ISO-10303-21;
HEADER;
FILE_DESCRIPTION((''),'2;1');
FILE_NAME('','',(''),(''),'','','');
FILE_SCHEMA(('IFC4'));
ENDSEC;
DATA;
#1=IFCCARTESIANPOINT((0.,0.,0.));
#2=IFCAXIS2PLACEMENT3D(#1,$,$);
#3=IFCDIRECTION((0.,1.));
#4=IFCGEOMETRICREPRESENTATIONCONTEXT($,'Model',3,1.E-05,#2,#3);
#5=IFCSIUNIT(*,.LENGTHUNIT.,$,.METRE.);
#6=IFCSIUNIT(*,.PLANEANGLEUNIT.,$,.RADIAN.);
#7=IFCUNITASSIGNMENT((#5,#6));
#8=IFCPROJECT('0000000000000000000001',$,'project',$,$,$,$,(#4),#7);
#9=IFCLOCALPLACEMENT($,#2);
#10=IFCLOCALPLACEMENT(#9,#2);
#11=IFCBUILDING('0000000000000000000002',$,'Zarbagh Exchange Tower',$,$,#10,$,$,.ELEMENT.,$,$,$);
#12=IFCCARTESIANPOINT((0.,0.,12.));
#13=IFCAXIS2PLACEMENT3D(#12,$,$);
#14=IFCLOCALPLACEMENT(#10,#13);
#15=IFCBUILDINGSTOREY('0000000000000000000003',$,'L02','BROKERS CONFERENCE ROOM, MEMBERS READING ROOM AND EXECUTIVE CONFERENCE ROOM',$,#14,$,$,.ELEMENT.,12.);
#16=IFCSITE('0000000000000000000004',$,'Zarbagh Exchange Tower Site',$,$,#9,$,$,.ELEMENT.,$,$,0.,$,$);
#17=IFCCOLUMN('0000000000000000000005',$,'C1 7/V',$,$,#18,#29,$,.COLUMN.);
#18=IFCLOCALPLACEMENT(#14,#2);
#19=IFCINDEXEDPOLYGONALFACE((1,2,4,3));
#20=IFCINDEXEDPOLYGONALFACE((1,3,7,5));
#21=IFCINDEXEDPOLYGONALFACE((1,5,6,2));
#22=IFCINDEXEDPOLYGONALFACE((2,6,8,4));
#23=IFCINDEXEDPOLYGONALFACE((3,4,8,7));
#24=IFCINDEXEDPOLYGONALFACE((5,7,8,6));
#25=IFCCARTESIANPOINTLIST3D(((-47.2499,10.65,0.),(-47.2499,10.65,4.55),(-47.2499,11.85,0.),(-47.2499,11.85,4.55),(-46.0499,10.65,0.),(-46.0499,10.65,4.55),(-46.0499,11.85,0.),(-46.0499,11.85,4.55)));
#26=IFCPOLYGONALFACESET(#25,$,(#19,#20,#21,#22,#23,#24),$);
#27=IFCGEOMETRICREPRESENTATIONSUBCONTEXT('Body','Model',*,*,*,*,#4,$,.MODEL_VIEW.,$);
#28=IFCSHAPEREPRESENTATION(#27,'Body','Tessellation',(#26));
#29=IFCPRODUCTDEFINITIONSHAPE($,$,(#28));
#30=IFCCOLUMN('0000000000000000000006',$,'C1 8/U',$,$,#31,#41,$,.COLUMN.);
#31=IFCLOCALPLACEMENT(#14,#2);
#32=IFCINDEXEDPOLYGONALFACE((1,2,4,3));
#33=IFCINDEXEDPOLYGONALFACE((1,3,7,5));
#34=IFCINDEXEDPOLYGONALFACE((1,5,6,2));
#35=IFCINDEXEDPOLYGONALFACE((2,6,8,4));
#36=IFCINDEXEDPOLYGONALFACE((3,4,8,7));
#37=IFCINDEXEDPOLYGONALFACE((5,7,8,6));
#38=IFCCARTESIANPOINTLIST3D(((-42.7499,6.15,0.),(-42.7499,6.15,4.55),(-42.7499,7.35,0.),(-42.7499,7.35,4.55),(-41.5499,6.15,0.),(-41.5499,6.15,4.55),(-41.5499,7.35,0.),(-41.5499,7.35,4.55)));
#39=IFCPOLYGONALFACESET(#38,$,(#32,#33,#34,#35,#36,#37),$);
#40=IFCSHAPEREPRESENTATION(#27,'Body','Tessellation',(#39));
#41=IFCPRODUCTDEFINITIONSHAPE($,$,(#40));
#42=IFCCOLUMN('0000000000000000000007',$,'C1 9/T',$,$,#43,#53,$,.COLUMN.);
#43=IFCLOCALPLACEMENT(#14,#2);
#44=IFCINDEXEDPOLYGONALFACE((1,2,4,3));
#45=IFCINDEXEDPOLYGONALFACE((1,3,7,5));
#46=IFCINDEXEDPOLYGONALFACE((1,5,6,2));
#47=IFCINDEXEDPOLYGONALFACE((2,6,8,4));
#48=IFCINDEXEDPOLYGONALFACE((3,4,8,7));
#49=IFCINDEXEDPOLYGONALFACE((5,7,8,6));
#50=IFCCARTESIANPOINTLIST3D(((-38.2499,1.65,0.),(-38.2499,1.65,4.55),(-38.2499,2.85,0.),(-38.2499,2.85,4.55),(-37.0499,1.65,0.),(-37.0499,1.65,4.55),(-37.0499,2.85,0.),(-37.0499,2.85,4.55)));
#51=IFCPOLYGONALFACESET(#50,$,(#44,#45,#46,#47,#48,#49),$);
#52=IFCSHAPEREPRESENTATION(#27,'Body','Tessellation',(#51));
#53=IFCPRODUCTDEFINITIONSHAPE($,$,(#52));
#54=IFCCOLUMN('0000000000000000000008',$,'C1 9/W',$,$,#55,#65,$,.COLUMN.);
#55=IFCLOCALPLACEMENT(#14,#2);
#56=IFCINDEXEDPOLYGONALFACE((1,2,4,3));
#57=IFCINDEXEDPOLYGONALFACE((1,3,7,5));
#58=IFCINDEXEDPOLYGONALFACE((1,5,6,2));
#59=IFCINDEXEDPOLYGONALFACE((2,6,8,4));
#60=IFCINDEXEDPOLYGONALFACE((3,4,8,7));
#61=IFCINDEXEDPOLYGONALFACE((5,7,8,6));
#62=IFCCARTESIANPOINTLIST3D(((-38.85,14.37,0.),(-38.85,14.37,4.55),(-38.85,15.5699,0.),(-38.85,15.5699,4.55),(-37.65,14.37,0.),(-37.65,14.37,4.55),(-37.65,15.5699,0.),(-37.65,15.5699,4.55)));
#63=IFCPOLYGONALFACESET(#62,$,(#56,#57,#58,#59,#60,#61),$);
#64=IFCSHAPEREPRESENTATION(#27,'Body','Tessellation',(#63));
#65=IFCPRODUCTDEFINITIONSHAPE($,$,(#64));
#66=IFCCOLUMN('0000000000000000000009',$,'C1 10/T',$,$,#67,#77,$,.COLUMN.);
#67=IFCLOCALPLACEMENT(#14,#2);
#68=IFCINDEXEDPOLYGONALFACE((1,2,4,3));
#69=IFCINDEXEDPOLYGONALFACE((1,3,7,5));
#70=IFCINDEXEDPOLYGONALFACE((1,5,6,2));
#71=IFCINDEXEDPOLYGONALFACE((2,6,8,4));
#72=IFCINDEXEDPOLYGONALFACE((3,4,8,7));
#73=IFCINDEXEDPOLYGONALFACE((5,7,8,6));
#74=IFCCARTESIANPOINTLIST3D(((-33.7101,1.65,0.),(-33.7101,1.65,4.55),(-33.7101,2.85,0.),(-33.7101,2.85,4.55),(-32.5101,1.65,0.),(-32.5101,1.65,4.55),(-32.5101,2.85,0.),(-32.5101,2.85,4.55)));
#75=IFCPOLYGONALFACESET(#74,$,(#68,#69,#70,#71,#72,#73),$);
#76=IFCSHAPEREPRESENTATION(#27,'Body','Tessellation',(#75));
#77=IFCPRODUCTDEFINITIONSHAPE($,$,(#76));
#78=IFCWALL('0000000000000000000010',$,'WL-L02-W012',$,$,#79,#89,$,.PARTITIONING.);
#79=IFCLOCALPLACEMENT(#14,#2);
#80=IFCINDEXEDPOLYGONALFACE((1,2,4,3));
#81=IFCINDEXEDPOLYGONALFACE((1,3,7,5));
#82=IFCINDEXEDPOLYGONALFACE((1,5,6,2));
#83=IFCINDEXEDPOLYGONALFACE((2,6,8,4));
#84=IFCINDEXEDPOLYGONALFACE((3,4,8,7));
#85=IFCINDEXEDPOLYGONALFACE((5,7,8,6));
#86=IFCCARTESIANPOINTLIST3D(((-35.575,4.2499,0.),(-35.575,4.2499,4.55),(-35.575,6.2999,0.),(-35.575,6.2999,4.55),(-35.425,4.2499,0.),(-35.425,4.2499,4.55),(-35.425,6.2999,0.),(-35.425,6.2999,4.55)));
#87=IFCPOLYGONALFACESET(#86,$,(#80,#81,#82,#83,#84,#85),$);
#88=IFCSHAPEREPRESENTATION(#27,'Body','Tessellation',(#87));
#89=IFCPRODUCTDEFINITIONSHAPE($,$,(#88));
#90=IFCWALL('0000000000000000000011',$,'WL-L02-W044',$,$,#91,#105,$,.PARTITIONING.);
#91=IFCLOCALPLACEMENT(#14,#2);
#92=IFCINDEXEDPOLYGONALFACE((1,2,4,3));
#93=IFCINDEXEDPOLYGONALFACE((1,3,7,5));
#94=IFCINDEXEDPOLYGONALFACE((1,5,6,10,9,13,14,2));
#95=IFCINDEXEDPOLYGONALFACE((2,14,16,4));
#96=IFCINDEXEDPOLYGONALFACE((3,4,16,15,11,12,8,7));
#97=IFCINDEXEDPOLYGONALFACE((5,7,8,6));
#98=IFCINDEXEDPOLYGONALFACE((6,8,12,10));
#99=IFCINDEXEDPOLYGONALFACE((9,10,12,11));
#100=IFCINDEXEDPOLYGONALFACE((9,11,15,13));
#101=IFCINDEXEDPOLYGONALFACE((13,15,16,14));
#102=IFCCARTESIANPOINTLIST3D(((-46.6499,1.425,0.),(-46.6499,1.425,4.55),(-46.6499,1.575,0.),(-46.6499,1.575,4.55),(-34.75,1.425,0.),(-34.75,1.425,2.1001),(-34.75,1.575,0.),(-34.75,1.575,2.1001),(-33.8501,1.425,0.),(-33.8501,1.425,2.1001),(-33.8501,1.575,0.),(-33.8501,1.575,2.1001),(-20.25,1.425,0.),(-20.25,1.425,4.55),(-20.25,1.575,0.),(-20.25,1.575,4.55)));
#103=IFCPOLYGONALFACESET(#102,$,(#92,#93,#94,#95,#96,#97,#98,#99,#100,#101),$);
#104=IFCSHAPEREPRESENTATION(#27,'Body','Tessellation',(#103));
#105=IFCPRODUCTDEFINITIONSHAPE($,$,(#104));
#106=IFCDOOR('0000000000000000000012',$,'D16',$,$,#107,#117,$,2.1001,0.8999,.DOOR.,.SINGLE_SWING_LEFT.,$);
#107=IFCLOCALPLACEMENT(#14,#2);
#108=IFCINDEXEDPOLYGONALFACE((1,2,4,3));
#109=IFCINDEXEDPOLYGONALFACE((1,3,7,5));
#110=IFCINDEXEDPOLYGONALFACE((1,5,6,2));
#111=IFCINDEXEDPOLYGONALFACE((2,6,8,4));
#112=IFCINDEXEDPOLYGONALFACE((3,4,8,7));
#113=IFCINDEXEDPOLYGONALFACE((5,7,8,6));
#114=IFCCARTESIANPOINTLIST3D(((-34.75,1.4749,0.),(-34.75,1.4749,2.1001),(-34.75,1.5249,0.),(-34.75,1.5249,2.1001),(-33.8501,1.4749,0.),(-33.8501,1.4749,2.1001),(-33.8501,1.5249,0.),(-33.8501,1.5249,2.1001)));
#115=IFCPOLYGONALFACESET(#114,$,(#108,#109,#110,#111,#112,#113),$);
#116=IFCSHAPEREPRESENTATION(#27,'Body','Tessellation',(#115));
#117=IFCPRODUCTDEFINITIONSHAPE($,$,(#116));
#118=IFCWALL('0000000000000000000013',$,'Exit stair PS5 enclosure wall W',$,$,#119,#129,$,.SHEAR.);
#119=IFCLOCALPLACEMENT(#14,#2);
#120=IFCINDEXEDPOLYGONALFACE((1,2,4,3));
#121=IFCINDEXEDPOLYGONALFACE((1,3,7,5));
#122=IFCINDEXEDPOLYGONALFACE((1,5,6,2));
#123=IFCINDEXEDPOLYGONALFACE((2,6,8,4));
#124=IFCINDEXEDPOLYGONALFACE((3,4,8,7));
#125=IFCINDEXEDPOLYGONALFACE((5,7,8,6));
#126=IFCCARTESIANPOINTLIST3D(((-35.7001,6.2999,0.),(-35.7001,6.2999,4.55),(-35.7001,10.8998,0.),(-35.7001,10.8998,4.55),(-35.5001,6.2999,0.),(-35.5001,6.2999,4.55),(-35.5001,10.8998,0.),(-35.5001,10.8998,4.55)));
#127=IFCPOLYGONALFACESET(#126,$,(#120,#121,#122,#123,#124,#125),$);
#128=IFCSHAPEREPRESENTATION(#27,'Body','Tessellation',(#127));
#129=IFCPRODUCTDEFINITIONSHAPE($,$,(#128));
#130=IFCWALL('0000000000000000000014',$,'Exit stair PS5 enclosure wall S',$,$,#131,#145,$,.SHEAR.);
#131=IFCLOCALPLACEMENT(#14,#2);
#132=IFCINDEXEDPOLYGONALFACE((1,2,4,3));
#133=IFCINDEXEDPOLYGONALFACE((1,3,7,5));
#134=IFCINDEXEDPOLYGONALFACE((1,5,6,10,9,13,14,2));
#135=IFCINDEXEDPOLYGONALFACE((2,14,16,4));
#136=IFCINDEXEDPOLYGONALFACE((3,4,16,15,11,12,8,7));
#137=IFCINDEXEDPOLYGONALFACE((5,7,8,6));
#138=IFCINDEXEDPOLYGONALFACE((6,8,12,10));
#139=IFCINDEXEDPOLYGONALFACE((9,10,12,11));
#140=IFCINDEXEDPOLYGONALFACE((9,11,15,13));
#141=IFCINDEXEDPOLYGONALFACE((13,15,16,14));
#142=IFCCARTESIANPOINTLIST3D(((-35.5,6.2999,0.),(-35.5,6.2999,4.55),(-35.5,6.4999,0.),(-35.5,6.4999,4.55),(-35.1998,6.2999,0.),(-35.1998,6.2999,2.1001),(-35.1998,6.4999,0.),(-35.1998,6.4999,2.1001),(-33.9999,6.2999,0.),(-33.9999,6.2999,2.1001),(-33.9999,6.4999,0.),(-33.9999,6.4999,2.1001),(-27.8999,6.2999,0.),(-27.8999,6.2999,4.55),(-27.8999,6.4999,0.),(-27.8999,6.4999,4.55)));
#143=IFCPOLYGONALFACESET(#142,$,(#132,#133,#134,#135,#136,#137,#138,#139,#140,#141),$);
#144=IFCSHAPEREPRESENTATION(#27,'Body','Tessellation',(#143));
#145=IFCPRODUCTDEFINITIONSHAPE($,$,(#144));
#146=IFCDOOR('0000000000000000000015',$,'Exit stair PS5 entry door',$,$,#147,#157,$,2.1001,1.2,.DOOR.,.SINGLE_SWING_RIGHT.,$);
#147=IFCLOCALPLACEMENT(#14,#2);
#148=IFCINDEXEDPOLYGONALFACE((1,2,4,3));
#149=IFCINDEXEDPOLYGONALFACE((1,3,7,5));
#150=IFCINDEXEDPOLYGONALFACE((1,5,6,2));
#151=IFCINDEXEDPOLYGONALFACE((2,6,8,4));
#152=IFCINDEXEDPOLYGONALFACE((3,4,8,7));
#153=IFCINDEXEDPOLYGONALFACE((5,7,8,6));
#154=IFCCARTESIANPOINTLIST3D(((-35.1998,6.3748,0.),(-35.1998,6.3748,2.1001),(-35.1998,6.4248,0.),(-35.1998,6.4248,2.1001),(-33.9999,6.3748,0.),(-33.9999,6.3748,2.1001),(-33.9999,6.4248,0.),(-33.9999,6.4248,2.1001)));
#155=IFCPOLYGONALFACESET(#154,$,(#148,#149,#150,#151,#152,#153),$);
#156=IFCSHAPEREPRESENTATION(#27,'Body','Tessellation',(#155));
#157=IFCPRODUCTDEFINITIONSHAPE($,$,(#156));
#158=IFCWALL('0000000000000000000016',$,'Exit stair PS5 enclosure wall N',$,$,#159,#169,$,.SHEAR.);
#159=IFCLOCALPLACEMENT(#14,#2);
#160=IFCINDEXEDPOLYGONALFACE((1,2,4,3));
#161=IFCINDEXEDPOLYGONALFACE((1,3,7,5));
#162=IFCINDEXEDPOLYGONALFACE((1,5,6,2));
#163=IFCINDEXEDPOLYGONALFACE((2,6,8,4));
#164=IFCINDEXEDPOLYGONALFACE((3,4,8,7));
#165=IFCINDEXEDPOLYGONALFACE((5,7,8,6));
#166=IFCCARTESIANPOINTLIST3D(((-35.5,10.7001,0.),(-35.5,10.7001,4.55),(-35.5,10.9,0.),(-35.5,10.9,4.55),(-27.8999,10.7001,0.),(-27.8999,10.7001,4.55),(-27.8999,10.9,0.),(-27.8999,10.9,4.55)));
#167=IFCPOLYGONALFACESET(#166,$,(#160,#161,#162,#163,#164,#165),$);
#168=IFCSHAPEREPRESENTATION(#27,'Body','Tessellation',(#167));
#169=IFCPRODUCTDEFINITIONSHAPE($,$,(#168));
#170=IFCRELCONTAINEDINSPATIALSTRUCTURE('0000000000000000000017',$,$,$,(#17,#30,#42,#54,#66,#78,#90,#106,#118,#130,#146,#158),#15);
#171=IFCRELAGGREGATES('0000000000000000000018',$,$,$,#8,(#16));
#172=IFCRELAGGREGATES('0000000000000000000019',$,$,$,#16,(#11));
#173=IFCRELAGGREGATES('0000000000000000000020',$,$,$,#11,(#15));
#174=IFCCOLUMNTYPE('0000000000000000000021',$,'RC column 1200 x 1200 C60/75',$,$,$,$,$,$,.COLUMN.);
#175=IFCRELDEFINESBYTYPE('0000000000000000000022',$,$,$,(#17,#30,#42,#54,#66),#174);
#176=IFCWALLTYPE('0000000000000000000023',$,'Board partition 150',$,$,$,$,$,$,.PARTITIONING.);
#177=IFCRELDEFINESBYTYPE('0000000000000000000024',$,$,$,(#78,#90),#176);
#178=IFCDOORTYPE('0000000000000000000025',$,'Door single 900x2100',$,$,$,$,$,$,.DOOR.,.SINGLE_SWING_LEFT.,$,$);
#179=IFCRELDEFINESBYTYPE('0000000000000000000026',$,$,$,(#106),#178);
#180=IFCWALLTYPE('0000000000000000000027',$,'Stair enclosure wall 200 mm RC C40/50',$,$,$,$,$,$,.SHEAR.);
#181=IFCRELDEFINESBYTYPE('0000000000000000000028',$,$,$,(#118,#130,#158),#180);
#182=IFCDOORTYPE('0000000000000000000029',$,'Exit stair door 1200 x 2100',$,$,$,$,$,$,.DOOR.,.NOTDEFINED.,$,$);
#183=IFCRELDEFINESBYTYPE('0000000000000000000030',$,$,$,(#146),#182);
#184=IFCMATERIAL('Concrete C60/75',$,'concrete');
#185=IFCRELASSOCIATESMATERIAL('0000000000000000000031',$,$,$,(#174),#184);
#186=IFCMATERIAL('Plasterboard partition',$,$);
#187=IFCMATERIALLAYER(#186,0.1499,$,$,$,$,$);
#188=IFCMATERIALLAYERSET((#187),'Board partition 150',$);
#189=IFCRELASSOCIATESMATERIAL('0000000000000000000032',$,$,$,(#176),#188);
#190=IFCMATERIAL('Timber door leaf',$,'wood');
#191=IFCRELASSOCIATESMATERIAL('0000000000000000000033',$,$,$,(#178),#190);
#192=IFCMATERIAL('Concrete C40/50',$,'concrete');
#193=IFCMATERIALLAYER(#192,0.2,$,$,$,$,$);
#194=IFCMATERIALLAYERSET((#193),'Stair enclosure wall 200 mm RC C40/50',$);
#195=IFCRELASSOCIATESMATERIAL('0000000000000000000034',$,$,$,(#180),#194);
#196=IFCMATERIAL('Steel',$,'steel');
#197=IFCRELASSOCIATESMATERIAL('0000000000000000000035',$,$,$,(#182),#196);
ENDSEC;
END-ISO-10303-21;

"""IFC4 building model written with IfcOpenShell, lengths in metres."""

from ifc_helpers import new_model, si_unit, direction, frame, frame_2d, origin, origin_2d, place, context, subcontext, project, spatial, rectangle, extrude, material, layer, layer_set, material_profile, profile_set, type_object, element, fill, save


model = new_model("IFC4")

# Units and contexts
model_context = context("Model", 3, precision=1e-05, world=origin(), true_north=direction((0.0, 1.0)))
body_context = subcontext(model_context, "Body", "Model", "MODEL_VIEW")
ifc_project = project(units=[si_unit("LENGTHUNIT", "METRE"), si_unit("PLANEANGLEUNIT", "RADIAN")], contexts=[model_context])

# Site, building, storey
site_placement = place(None, origin())
site = spatial("IfcSite", under=ifc_project, at=site_placement, Name="Zarbagh Exchange Tower Site", CompositionType="ELEMENT", RefElevation=0.0)
building_placement = place(site_placement, origin())
building = spatial("IfcBuilding", under=site, at=building_placement, Name="Zarbagh Exchange Tower", CompositionType="ELEMENT")
storey_placement = place(building_placement, frame((0.0, 0.0, 12.0)))
storey = spatial("IfcBuildingStorey", under=building, at=storey_placement, Name="L02", Description="BROKERS CONFERENCE ROOM, MEMBERS READING ROOM AND EXECUTIVE CONFERENCE ROOM", CompositionType="ELEMENT", Elevation=12.0)

# Columns
ifc_material_1 = material(Name="Concrete C60/75", Category="concrete")
ifc_material_profile = material_profile(ifc_material_1, rectangle(XDim=1.2, YDim=1.2, at=origin_2d()), Name="RC column 1200 x 1200 C60/75")
ifc_profile_set = profile_set([ifc_material_profile], Name="Concrete C60/75")
column_type = type_object("IfcColumnType", Name="RC column 1200 x 1200 C60/75", PredefinedType="COLUMN", material=ifc_profile_set)
for number, where, z_axis, x_axis, name in (
    (1, (-46.6499, 11.25, 0.0), (0.0, 0.0, 1.0), (1.0, 0.0, 0.0), "C1 7/V"),
    (2, (-42.1499, 6.75, 0.0), (0.0, 0.0, 1.0), (1.0, 0.0, 0.0), "C1 8/U"),
    (3, (-37.6499, 2.25, 0.0), (0.0, 0.0, 1.0), (1.0, 0.0, 0.0), "C1 9/T"),
    (4, (-38.25, 14.97, 0.0), (0.0, 0.0, 1.0), (1.0, 0.0, 0.0), "C1 9/W"),
    (5, (-33.1101, 2.25, 0.0), (0.0, 0.0, 1.0), (1.0, 0.0, 0.0), "C1 10/T"),
):
    element("IfcColumn", number, at=place(storey_placement, frame(where, z_axis=z_axis, x_axis=x_axis)), inside=storey, type_object=column_type, Name=name, PredefinedType="COLUMN", context=body_context, shape_type="SweptSolid", body=[
        extrude(rectangle(XDim=1.2, YDim=1.2, at=origin_2d()), origin(), (0.0, 0.0, 1.0), 4.55),
    ])

# Wall
ifc_material_2 = material(Name="Plasterboard partition")
ifc_layer_1 = layer(ifc_material_2, 0.1499)
ifc_layer_set_1 = layer_set([ifc_layer_1], Name="Board partition 150")
wall_type_1 = type_object("IfcWallType", Name="Board partition 150", PredefinedType="PARTITIONING", material=ifc_layer_set_1)
wall_1_placement = place(storey_placement, frame((-35.5, 4.25, 0.0), z_axis=(0.0, 0.0, 1.0), x_axis=(0.0, 1.0, 0.0)))
element("IfcWall", 6, at=wall_1_placement, inside=storey, type_object=wall_type_1, Name="WL-L02-W012", PredefinedType="PARTITIONING", context=body_context, shape_type="SweptSolid", body=[
    extrude(rectangle(XDim=2.05, YDim=0.1499, at=frame_2d((1.0249, 0.0))), origin(), (0.0, 0.0, 1.0), 4.55),
])

# Wall, opening, door
wall_2_placement = place(storey_placement, frame((-46.6499, 1.5, 0.0), z_axis=(0.0, 0.0, 1.0), x_axis=(1.0, 0.0, 0.0)))
wall_2 = element("IfcWall", 7, at=wall_2_placement, inside=storey, type_object=wall_type_1, Name="WL-L02-W044", PredefinedType="PARTITIONING", context=body_context, shape_type="SweptSolid", body=[
    extrude(rectangle(XDim=26.3999, YDim=0.1499, at=frame_2d((13.2, 0.0))), origin(), (0.0, 0.0, 1.0), 4.55),
])
opening_1_placement = place(wall_2_placement, frame((11.8999, 0.0, 0.0)))
opening_1 = element("IfcOpeningElement", 8, at=opening_1_placement, cuts=wall_2, PredefinedType="OPENING", context=body_context, shape_type="SweptSolid", body=[
    extrude(rectangle(XDim=0.8999, YDim=2.1001, at=frame_2d((0.45, 1.05))), frame((0.0, 0.085, 0.0), z_axis=(0.0, -1.0, 0.0), x_axis=(1.0, 0.0, 0.0)), (0.0, 0.0, 1.0), 0.1699),
])
ifc_material_3 = material(Name="Timber door leaf", Category="wood")
door_type_1 = type_object("IfcDoorType", Name="Door single 900x2100", OperationType="SINGLE_SWING_LEFT", PredefinedType="DOOR", material=ifc_material_3)
door_1_placement = place(opening_1_placement, origin())
door_1 = element("IfcDoor", 9, at=door_1_placement, inside=storey, type_object=door_type_1, Name="D16", OperationType="SINGLE_SWING_LEFT", OverallHeight=2.1001, OverallWidth=0.8999, PredefinedType="DOOR", context=body_context, shape_type="SweptSolid", body=[
    extrude(rectangle(XDim=0.8999, YDim=2.1001, at=frame_2d((0.45, 1.05))), frame((0.0, 0.0249, 0.0), z_axis=(0.0, -1.0, 0.0), x_axis=(1.0, 0.0, 0.0)), (0.0, 0.0, 1.0), 0.05),
])
fill(opening_1, door_1)

# Wall
ifc_material_4 = material(Name="Concrete C40/50", Category="concrete")
ifc_layer_2 = layer(ifc_material_4, 0.2)
ifc_layer_set_2 = layer_set([ifc_layer_2], Name="Stair enclosure wall 200 mm RC C40/50")
wall_type_2 = type_object("IfcWallType", Name="Stair enclosure wall 200 mm RC C40/50", PredefinedType="SHEAR", material=ifc_layer_set_2)
wall_3_placement = place(storey_placement, frame((-35.6001, 6.3, 0.0), z_axis=(0.0, 0.0, 1.0), x_axis=(0.0, 1.0, 0.0)))
element("IfcWall", 10, at=wall_3_placement, inside=storey, type_object=wall_type_2, Name="Exit stair PS5 enclosure wall W", PredefinedType="SHEAR", context=body_context, shape_type="SweptSolid", body=[
    extrude(rectangle(XDim=4.5999, YDim=0.2, at=frame_2d((2.2998, 0.0))), origin(), (0.0, 0.0, 1.0), 4.55),
])

# Wall, opening, door
wall_4_placement = place(storey_placement, frame((-35.5, 6.3999, 0.0), z_axis=(0.0, 0.0, 1.0), x_axis=(1.0, 0.0, 0.0)))
wall_4 = element("IfcWall", 11, at=wall_4_placement, inside=storey, type_object=wall_type_2, Name="Exit stair PS5 enclosure wall S", PredefinedType="SHEAR", context=body_context, shape_type="SweptSolid", body=[
    extrude(rectangle(XDim=7.6001, YDim=0.2, at=frame_2d((3.8, 0.0))), origin(), (0.0, 0.0, 1.0), 4.55),
])
opening_2_placement = place(wall_4_placement, frame((0.3, 0.0, 0.0)))
opening_2 = element("IfcOpeningElement", 12, at=opening_2_placement, cuts=wall_4, PredefinedType="OPENING", context=body_context, shape_type="SweptSolid", body=[
    extrude(rectangle(XDim=1.2, YDim=2.1001, at=frame_2d((0.6001, 1.05))), frame((0.0, 0.1099, 0.0), z_axis=(0.0, -1.0, 0.0), x_axis=(1.0, 0.0, 0.0)), (0.0, 0.0, 1.0), 0.22),
])
ifc_material_5 = material(Name="Steel", Category="steel")
door_type_2 = type_object("IfcDoorType", Name="Exit stair door 1200 x 2100", OperationType="NOTDEFINED", PredefinedType="DOOR", material=ifc_material_5)
door_2_placement = place(opening_2_placement, origin())
door_2 = element("IfcDoor", 13, at=door_2_placement, inside=storey, type_object=door_type_2, Name="Exit stair PS5 entry door", OperationType="SINGLE_SWING_RIGHT", OverallHeight=2.1001, OverallWidth=1.2, PredefinedType="DOOR", context=body_context, shape_type="SweptSolid", body=[
    extrude(rectangle(XDim=1.2, YDim=2.1001, at=frame_2d((0.6001, 1.05))), frame((0.0, 0.0249, 0.0), z_axis=(0.0, -1.0, 0.0), x_axis=(1.0, 0.0, 0.0)), (0.0, 0.0, 1.0), 0.05),
])
fill(opening_2, door_2)

# Wall
wall_5_placement = place(storey_placement, frame((-35.5, 10.8, 0.0), z_axis=(0.0, 0.0, 1.0), x_axis=(1.0, 0.0, 0.0)))
element("IfcWall", 14, at=wall_5_placement, inside=storey, type_object=wall_type_2, Name="Exit stair PS5 enclosure wall N", PredefinedType="SHEAR", context=body_context, shape_type="SweptSolid", body=[
    extrude(rectangle(XDim=7.6001, YDim=0.2, at=frame_2d((3.8, 0.0))), origin(), (0.0, 0.0, 1.0), 4.55),
])

save(model, "model.ifc")
